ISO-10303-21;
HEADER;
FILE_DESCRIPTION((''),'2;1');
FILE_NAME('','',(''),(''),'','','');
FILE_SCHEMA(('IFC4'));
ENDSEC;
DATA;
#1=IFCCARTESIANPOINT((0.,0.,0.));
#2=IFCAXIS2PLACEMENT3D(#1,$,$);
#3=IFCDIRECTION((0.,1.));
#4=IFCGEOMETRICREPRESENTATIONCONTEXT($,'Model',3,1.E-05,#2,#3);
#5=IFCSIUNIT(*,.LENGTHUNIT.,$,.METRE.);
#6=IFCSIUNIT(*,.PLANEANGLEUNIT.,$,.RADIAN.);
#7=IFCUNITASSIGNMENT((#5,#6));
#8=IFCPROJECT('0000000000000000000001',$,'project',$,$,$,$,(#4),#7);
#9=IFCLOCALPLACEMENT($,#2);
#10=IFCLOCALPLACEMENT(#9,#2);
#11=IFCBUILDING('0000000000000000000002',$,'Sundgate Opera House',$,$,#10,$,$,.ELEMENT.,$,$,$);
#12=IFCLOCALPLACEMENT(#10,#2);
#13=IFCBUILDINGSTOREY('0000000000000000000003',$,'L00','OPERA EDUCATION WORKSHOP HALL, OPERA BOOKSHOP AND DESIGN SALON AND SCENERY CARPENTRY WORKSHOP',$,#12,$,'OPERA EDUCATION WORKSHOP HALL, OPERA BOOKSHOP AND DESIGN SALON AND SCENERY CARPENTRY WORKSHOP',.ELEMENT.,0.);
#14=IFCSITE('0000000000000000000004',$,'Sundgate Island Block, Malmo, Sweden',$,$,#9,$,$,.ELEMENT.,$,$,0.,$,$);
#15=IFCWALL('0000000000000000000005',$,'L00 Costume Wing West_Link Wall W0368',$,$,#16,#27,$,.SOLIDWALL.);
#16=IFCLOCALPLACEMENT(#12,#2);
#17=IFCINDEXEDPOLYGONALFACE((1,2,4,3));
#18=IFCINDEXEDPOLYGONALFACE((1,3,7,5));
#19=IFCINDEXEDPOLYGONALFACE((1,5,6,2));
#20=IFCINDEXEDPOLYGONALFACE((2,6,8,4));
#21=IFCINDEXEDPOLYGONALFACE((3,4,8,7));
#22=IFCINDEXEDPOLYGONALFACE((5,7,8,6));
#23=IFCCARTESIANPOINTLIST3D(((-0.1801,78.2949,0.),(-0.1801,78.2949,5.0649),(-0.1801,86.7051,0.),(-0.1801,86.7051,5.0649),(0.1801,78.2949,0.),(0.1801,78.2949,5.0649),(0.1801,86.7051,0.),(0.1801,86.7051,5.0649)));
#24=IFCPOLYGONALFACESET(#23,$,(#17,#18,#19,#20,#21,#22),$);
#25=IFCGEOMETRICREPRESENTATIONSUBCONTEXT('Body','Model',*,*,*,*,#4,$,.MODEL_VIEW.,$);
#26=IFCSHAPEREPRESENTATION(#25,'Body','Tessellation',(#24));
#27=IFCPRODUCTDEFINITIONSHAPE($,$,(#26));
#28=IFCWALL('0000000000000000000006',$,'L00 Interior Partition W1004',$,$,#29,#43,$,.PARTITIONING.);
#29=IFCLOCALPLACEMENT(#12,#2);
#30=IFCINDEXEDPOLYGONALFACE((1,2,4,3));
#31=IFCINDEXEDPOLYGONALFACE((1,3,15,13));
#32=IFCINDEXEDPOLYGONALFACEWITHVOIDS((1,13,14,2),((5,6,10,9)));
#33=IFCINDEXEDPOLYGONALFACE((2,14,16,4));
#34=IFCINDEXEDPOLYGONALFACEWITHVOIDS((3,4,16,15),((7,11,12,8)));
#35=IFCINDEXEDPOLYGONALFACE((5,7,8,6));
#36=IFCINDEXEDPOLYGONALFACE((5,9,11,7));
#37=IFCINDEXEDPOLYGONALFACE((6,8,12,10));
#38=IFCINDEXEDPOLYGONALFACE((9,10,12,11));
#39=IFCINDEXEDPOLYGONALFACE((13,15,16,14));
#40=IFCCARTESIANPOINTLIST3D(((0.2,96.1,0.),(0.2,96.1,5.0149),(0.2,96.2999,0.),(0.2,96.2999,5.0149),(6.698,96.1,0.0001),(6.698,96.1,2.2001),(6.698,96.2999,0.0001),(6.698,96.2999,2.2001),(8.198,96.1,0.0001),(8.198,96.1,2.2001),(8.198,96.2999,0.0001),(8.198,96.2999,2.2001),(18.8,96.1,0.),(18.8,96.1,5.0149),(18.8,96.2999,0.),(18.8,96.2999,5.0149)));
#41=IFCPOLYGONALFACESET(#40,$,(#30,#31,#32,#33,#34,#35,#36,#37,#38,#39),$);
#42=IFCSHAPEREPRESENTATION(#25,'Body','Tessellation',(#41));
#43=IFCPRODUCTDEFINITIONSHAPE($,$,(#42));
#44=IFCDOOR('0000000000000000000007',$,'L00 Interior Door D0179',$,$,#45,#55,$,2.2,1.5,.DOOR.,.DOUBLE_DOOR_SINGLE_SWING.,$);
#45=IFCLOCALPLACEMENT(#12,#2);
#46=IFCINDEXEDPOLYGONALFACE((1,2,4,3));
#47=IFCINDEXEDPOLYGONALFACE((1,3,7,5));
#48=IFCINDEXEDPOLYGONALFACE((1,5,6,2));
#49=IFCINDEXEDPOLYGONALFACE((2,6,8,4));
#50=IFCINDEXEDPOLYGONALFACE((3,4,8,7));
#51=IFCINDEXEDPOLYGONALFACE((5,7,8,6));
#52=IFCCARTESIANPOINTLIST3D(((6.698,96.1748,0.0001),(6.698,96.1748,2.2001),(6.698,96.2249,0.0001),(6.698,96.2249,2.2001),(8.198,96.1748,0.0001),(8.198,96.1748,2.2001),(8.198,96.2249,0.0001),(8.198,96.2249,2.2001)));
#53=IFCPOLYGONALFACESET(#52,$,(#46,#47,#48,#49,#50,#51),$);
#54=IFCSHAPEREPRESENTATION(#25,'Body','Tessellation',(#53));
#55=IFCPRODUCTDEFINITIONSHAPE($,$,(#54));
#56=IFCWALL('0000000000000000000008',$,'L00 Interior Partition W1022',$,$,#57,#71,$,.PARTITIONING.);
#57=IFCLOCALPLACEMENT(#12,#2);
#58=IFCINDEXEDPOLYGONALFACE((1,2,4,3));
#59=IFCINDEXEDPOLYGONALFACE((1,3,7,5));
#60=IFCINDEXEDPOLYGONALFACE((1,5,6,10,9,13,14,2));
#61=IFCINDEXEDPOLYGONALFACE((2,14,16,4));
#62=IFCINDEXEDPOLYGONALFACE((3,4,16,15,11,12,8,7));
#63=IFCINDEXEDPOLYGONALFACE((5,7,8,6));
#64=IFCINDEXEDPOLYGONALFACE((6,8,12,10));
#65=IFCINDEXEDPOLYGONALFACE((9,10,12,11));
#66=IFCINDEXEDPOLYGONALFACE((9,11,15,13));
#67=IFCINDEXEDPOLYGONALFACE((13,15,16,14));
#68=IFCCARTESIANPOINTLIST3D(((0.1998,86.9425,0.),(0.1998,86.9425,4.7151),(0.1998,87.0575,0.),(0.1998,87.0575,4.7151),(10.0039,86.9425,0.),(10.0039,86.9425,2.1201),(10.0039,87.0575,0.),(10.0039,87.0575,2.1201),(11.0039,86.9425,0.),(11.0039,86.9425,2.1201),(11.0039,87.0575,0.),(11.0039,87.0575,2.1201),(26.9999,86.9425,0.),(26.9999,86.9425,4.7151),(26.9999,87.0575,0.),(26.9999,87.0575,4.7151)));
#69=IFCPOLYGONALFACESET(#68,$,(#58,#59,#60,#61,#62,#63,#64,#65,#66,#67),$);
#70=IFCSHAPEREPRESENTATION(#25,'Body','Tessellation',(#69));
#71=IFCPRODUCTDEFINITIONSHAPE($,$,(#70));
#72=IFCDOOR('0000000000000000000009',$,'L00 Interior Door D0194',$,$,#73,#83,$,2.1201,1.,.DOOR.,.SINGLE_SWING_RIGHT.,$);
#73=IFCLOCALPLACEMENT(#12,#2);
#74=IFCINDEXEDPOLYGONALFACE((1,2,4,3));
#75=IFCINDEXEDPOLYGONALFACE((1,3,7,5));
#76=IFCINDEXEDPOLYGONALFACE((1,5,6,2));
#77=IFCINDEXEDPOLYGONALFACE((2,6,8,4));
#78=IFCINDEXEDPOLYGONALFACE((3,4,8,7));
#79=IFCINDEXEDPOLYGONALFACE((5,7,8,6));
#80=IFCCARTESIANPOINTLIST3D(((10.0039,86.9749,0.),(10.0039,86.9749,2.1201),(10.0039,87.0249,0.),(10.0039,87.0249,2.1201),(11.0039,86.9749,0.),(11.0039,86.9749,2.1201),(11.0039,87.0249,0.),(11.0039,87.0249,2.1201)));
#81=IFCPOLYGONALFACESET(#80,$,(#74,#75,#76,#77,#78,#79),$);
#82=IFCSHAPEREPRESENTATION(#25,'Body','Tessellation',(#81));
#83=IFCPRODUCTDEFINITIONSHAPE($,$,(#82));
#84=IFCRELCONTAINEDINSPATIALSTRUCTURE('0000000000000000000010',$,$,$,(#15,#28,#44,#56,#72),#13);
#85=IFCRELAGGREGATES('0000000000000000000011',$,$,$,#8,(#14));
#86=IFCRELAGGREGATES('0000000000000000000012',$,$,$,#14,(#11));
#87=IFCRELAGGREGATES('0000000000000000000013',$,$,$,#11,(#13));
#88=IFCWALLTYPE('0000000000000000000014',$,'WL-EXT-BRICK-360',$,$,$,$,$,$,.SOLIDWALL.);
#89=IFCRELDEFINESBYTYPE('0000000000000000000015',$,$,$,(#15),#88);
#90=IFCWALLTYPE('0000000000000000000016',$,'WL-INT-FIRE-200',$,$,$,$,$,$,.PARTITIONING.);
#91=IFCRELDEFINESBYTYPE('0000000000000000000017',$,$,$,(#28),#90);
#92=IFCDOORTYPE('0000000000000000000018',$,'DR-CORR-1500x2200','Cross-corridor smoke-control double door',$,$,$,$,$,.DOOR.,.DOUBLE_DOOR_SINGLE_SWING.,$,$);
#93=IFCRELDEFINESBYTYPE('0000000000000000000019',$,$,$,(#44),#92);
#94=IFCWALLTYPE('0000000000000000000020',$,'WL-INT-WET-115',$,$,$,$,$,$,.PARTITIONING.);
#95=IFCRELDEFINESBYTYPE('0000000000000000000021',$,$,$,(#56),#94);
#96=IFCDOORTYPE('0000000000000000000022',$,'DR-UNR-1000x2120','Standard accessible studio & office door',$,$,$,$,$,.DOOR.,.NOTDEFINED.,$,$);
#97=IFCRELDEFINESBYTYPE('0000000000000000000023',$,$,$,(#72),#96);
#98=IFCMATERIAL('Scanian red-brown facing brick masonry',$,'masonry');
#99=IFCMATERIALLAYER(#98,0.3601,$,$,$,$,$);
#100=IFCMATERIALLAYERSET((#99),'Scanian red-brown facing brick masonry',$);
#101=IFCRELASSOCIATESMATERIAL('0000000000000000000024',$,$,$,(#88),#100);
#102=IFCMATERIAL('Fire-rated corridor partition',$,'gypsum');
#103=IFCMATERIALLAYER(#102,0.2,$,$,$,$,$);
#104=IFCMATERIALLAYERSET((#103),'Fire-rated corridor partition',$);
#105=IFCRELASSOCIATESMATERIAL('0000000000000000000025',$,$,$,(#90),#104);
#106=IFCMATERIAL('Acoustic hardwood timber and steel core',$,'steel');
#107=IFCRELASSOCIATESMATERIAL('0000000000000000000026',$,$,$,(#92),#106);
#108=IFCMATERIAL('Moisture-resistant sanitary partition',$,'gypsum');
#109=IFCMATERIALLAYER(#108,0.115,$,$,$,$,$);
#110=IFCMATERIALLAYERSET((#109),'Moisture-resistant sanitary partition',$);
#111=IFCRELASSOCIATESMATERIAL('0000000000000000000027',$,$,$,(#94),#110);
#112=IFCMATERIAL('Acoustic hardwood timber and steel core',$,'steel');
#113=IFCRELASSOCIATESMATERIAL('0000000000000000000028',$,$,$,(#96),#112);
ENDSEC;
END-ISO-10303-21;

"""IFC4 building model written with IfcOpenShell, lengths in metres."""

from ifc_helpers import new_model, si_unit, direction, frame, frame_2d, origin, place, context, subcontext, project, spatial, rectangle, extrude, material, layer, layer_set, type_object, element, fill, save


model = new_model("IFC4")

# Units and contexts
model_context = context("Model", 3, precision=1e-05, world=origin(), true_north=direction((0.0, 1.0)))
body_context = subcontext(model_context, "Body", "Model", "MODEL_VIEW")
ifc_project = project(units=[si_unit("LENGTHUNIT", "METRE"), si_unit("PLANEANGLEUNIT", "RADIAN")], contexts=[model_context])

# Site, building, storey
site_placement = place(None, origin())
site = spatial("IfcSite", under=ifc_project, at=site_placement, Name="Sundgate Island Block, Malmo, Sweden", CompositionType="ELEMENT", RefElevation=0.0)
building_placement = place(site_placement, origin())
building = spatial("IfcBuilding", under=site, at=building_placement, Name="Sundgate Opera House", CompositionType="ELEMENT")
storey_placement = place(building_placement, origin())
storey = spatial("IfcBuildingStorey", under=building, at=storey_placement, Name="L00", Description="OPERA EDUCATION WORKSHOP HALL, OPERA BOOKSHOP AND DESIGN SALON AND SCENERY CARPENTRY WORKSHOP", LongName="OPERA EDUCATION WORKSHOP HALL, OPERA BOOKSHOP AND DESIGN SALON AND SCENERY CARPENTRY WORKSHOP", CompositionType="ELEMENT", Elevation=0.0)

# Wall
ifc_material_1 = material(Name="Scanian red-brown facing brick masonry", Category="masonry")
ifc_layer_1 = layer(ifc_material_1, 0.3601)
ifc_layer_set_1 = layer_set([ifc_layer_1], Name="Scanian red-brown facing brick masonry")
wall_type_1 = type_object("IfcWallType", Name="WL-EXT-BRICK-360", PredefinedType="SOLIDWALL", material=ifc_layer_set_1)
wall_1_placement = place(storey_placement, frame((0.0, 86.7051, 0.0), z_axis=(0.0, 0.0, 1.0), x_axis=(0.0, -1.0, 0.0)))
element("IfcWall", 1, at=wall_1_placement, inside=storey, type_object=wall_type_1, Name="L00 Costume Wing West_Link Wall W0368", PredefinedType="SOLIDWALL", context=body_context, shape_type="SweptSolid", body=[
    extrude(rectangle(XDim=8.4102, YDim=0.3601, at=frame_2d((4.2051, 0.0))), origin(), (0.0, 0.0, 1.0), 5.0649),
])

# Walls, openings, doors
ifc_material_2 = material(Name="Fire-rated corridor partition", Category="gypsum")
ifc_layer_2 = layer(ifc_material_2, 0.2)
ifc_layer_set_2 = layer_set([ifc_layer_2], Name="Fire-rated corridor partition")
wall_type_2 = type_object("IfcWallType", Name="WL-INT-FIRE-200", PredefinedType="PARTITIONING", material=ifc_layer_set_2)
wall_2_placement = place(storey_placement, frame((0.2, 96.2, 0.0), z_axis=(0.0, 0.0, 1.0), x_axis=(1.0, 0.0, 0.0)))
wall_2 = element("IfcWall", 2, at=wall_2_placement, inside=storey, type_object=wall_type_2, Name="L00 Interior Partition W1004", PredefinedType="PARTITIONING", context=body_context, shape_type="SweptSolid", body=[
    extrude(rectangle(XDim=18.6001, YDim=0.2, at=frame_2d((9.3, 0.0))), origin(), (0.0, 0.0, 1.0), 5.0149),
])
opening_1_placement = place(wall_2_placement, frame((6.498, 0.0, 0.0)))
opening_1 = element("IfcOpeningElement", 3, at=opening_1_placement, cuts=wall_2, PredefinedType="OPENING", context=body_context, shape_type="SweptSolid", body=[
    extrude(rectangle(XDim=1.5, YDim=2.2, at=frame_2d((0.75, 1.1001))), frame((0.0, 0.1099, 0.0), z_axis=(0.0, -1.0, 0.0), x_axis=(1.0, 0.0, 0.0)), (0.0, 0.0, 1.0), 0.22),
])
ifc_material_3 = material(Name="Acoustic hardwood timber and steel core", Category="steel")
door_type_1 = type_object("IfcDoorType", Name="DR-CORR-1500x2200", Description="Cross-corridor smoke-control double door", OperationType="DOUBLE_DOOR_SINGLE_SWING", PredefinedType="DOOR", material=ifc_material_3)
door_1_placement = place(opening_1_placement, origin())
door_1 = element("IfcDoor", 4, at=door_1_placement, inside=storey, type_object=door_type_1, Name="L00 Interior Door D0179", OperationType="DOUBLE_DOOR_SINGLE_SWING", OverallHeight=2.2, OverallWidth=1.5, PredefinedType="DOOR", context=body_context, shape_type="SweptSolid", body=[
    extrude(rectangle(XDim=1.5, YDim=2.2, at=frame_2d((0.75, 1.1001))), frame((0.0, 0.0249, 0.0), z_axis=(0.0, -1.0, 0.0), x_axis=(1.0, 0.0, 0.0)), (0.0, 0.0, 1.0), 0.05),
])
fill(opening_1, door_1)
ifc_material_4 = material(Name="Moisture-resistant sanitary partition", Category="gypsum")
ifc_layer_3 = layer(ifc_material_4, 0.115)
ifc_layer_set_3 = layer_set([ifc_layer_3], Name="Moisture-resistant sanitary partition")
wall_type_3 = type_object("IfcWallType", Name="WL-INT-WET-115", PredefinedType="PARTITIONING", material=ifc_layer_set_3)
wall_3_placement = place(storey_placement, frame((0.2, 87.0, 0.0), z_axis=(0.0, 0.0, 1.0), x_axis=(1.0, 0.0, 0.0)))
wall_3 = element("IfcWall", 5, at=wall_3_placement, inside=storey, type_object=wall_type_3, Name="L00 Interior Partition W1022", PredefinedType="PARTITIONING", context=body_context, shape_type="SweptSolid", body=[
    extrude(rectangle(XDim=26.8, YDim=0.115, at=frame_2d((13.3999, 0.0))), origin(), (0.0, 0.0, 1.0), 4.7151),
])
opening_2_placement = place(wall_3_placement, frame((9.804, 0.0, 0.0)))
opening_2 = element("IfcOpeningElement", 6, at=opening_2_placement, cuts=wall_3, PredefinedType="OPENING", context=body_context, shape_type="SweptSolid", body=[
    extrude(rectangle(XDim=1.0, YDim=2.1201, at=frame_2d((0.5, 1.0601))), frame((0.0, 0.0674, 0.0), z_axis=(0.0, -1.0, 0.0), x_axis=(1.0, 0.0, 0.0)), (0.0, 0.0, 1.0), 0.135),
])
ifc_material_5 = material(Name="Acoustic hardwood timber and steel core", Category="steel")
door_type_2 = type_object("IfcDoorType", Name="DR-UNR-1000x2120", Description="Standard accessible studio & office door", OperationType="NOTDEFINED", PredefinedType="DOOR", material=ifc_material_5)
door_2_placement = place(opening_2_placement, origin())
door_2 = element("IfcDoor", 7, at=door_2_placement, inside=storey, type_object=door_type_2, Name="L00 Interior Door D0194", OperationType="SINGLE_SWING_RIGHT", OverallHeight=2.1201, OverallWidth=1.0, PredefinedType="DOOR", context=body_context, shape_type="SweptSolid", body=[
    extrude(rectangle(XDim=1.0, YDim=2.1201, at=frame_2d((0.5, 1.0601))), frame((0.0, 0.0249, 0.0), z_axis=(0.0, -1.0, 0.0), x_axis=(1.0, 0.0, 0.0)), (0.0, 0.0, 1.0), 0.05),
])
fill(opening_2, door_2)

save(model, "model.ifc")
